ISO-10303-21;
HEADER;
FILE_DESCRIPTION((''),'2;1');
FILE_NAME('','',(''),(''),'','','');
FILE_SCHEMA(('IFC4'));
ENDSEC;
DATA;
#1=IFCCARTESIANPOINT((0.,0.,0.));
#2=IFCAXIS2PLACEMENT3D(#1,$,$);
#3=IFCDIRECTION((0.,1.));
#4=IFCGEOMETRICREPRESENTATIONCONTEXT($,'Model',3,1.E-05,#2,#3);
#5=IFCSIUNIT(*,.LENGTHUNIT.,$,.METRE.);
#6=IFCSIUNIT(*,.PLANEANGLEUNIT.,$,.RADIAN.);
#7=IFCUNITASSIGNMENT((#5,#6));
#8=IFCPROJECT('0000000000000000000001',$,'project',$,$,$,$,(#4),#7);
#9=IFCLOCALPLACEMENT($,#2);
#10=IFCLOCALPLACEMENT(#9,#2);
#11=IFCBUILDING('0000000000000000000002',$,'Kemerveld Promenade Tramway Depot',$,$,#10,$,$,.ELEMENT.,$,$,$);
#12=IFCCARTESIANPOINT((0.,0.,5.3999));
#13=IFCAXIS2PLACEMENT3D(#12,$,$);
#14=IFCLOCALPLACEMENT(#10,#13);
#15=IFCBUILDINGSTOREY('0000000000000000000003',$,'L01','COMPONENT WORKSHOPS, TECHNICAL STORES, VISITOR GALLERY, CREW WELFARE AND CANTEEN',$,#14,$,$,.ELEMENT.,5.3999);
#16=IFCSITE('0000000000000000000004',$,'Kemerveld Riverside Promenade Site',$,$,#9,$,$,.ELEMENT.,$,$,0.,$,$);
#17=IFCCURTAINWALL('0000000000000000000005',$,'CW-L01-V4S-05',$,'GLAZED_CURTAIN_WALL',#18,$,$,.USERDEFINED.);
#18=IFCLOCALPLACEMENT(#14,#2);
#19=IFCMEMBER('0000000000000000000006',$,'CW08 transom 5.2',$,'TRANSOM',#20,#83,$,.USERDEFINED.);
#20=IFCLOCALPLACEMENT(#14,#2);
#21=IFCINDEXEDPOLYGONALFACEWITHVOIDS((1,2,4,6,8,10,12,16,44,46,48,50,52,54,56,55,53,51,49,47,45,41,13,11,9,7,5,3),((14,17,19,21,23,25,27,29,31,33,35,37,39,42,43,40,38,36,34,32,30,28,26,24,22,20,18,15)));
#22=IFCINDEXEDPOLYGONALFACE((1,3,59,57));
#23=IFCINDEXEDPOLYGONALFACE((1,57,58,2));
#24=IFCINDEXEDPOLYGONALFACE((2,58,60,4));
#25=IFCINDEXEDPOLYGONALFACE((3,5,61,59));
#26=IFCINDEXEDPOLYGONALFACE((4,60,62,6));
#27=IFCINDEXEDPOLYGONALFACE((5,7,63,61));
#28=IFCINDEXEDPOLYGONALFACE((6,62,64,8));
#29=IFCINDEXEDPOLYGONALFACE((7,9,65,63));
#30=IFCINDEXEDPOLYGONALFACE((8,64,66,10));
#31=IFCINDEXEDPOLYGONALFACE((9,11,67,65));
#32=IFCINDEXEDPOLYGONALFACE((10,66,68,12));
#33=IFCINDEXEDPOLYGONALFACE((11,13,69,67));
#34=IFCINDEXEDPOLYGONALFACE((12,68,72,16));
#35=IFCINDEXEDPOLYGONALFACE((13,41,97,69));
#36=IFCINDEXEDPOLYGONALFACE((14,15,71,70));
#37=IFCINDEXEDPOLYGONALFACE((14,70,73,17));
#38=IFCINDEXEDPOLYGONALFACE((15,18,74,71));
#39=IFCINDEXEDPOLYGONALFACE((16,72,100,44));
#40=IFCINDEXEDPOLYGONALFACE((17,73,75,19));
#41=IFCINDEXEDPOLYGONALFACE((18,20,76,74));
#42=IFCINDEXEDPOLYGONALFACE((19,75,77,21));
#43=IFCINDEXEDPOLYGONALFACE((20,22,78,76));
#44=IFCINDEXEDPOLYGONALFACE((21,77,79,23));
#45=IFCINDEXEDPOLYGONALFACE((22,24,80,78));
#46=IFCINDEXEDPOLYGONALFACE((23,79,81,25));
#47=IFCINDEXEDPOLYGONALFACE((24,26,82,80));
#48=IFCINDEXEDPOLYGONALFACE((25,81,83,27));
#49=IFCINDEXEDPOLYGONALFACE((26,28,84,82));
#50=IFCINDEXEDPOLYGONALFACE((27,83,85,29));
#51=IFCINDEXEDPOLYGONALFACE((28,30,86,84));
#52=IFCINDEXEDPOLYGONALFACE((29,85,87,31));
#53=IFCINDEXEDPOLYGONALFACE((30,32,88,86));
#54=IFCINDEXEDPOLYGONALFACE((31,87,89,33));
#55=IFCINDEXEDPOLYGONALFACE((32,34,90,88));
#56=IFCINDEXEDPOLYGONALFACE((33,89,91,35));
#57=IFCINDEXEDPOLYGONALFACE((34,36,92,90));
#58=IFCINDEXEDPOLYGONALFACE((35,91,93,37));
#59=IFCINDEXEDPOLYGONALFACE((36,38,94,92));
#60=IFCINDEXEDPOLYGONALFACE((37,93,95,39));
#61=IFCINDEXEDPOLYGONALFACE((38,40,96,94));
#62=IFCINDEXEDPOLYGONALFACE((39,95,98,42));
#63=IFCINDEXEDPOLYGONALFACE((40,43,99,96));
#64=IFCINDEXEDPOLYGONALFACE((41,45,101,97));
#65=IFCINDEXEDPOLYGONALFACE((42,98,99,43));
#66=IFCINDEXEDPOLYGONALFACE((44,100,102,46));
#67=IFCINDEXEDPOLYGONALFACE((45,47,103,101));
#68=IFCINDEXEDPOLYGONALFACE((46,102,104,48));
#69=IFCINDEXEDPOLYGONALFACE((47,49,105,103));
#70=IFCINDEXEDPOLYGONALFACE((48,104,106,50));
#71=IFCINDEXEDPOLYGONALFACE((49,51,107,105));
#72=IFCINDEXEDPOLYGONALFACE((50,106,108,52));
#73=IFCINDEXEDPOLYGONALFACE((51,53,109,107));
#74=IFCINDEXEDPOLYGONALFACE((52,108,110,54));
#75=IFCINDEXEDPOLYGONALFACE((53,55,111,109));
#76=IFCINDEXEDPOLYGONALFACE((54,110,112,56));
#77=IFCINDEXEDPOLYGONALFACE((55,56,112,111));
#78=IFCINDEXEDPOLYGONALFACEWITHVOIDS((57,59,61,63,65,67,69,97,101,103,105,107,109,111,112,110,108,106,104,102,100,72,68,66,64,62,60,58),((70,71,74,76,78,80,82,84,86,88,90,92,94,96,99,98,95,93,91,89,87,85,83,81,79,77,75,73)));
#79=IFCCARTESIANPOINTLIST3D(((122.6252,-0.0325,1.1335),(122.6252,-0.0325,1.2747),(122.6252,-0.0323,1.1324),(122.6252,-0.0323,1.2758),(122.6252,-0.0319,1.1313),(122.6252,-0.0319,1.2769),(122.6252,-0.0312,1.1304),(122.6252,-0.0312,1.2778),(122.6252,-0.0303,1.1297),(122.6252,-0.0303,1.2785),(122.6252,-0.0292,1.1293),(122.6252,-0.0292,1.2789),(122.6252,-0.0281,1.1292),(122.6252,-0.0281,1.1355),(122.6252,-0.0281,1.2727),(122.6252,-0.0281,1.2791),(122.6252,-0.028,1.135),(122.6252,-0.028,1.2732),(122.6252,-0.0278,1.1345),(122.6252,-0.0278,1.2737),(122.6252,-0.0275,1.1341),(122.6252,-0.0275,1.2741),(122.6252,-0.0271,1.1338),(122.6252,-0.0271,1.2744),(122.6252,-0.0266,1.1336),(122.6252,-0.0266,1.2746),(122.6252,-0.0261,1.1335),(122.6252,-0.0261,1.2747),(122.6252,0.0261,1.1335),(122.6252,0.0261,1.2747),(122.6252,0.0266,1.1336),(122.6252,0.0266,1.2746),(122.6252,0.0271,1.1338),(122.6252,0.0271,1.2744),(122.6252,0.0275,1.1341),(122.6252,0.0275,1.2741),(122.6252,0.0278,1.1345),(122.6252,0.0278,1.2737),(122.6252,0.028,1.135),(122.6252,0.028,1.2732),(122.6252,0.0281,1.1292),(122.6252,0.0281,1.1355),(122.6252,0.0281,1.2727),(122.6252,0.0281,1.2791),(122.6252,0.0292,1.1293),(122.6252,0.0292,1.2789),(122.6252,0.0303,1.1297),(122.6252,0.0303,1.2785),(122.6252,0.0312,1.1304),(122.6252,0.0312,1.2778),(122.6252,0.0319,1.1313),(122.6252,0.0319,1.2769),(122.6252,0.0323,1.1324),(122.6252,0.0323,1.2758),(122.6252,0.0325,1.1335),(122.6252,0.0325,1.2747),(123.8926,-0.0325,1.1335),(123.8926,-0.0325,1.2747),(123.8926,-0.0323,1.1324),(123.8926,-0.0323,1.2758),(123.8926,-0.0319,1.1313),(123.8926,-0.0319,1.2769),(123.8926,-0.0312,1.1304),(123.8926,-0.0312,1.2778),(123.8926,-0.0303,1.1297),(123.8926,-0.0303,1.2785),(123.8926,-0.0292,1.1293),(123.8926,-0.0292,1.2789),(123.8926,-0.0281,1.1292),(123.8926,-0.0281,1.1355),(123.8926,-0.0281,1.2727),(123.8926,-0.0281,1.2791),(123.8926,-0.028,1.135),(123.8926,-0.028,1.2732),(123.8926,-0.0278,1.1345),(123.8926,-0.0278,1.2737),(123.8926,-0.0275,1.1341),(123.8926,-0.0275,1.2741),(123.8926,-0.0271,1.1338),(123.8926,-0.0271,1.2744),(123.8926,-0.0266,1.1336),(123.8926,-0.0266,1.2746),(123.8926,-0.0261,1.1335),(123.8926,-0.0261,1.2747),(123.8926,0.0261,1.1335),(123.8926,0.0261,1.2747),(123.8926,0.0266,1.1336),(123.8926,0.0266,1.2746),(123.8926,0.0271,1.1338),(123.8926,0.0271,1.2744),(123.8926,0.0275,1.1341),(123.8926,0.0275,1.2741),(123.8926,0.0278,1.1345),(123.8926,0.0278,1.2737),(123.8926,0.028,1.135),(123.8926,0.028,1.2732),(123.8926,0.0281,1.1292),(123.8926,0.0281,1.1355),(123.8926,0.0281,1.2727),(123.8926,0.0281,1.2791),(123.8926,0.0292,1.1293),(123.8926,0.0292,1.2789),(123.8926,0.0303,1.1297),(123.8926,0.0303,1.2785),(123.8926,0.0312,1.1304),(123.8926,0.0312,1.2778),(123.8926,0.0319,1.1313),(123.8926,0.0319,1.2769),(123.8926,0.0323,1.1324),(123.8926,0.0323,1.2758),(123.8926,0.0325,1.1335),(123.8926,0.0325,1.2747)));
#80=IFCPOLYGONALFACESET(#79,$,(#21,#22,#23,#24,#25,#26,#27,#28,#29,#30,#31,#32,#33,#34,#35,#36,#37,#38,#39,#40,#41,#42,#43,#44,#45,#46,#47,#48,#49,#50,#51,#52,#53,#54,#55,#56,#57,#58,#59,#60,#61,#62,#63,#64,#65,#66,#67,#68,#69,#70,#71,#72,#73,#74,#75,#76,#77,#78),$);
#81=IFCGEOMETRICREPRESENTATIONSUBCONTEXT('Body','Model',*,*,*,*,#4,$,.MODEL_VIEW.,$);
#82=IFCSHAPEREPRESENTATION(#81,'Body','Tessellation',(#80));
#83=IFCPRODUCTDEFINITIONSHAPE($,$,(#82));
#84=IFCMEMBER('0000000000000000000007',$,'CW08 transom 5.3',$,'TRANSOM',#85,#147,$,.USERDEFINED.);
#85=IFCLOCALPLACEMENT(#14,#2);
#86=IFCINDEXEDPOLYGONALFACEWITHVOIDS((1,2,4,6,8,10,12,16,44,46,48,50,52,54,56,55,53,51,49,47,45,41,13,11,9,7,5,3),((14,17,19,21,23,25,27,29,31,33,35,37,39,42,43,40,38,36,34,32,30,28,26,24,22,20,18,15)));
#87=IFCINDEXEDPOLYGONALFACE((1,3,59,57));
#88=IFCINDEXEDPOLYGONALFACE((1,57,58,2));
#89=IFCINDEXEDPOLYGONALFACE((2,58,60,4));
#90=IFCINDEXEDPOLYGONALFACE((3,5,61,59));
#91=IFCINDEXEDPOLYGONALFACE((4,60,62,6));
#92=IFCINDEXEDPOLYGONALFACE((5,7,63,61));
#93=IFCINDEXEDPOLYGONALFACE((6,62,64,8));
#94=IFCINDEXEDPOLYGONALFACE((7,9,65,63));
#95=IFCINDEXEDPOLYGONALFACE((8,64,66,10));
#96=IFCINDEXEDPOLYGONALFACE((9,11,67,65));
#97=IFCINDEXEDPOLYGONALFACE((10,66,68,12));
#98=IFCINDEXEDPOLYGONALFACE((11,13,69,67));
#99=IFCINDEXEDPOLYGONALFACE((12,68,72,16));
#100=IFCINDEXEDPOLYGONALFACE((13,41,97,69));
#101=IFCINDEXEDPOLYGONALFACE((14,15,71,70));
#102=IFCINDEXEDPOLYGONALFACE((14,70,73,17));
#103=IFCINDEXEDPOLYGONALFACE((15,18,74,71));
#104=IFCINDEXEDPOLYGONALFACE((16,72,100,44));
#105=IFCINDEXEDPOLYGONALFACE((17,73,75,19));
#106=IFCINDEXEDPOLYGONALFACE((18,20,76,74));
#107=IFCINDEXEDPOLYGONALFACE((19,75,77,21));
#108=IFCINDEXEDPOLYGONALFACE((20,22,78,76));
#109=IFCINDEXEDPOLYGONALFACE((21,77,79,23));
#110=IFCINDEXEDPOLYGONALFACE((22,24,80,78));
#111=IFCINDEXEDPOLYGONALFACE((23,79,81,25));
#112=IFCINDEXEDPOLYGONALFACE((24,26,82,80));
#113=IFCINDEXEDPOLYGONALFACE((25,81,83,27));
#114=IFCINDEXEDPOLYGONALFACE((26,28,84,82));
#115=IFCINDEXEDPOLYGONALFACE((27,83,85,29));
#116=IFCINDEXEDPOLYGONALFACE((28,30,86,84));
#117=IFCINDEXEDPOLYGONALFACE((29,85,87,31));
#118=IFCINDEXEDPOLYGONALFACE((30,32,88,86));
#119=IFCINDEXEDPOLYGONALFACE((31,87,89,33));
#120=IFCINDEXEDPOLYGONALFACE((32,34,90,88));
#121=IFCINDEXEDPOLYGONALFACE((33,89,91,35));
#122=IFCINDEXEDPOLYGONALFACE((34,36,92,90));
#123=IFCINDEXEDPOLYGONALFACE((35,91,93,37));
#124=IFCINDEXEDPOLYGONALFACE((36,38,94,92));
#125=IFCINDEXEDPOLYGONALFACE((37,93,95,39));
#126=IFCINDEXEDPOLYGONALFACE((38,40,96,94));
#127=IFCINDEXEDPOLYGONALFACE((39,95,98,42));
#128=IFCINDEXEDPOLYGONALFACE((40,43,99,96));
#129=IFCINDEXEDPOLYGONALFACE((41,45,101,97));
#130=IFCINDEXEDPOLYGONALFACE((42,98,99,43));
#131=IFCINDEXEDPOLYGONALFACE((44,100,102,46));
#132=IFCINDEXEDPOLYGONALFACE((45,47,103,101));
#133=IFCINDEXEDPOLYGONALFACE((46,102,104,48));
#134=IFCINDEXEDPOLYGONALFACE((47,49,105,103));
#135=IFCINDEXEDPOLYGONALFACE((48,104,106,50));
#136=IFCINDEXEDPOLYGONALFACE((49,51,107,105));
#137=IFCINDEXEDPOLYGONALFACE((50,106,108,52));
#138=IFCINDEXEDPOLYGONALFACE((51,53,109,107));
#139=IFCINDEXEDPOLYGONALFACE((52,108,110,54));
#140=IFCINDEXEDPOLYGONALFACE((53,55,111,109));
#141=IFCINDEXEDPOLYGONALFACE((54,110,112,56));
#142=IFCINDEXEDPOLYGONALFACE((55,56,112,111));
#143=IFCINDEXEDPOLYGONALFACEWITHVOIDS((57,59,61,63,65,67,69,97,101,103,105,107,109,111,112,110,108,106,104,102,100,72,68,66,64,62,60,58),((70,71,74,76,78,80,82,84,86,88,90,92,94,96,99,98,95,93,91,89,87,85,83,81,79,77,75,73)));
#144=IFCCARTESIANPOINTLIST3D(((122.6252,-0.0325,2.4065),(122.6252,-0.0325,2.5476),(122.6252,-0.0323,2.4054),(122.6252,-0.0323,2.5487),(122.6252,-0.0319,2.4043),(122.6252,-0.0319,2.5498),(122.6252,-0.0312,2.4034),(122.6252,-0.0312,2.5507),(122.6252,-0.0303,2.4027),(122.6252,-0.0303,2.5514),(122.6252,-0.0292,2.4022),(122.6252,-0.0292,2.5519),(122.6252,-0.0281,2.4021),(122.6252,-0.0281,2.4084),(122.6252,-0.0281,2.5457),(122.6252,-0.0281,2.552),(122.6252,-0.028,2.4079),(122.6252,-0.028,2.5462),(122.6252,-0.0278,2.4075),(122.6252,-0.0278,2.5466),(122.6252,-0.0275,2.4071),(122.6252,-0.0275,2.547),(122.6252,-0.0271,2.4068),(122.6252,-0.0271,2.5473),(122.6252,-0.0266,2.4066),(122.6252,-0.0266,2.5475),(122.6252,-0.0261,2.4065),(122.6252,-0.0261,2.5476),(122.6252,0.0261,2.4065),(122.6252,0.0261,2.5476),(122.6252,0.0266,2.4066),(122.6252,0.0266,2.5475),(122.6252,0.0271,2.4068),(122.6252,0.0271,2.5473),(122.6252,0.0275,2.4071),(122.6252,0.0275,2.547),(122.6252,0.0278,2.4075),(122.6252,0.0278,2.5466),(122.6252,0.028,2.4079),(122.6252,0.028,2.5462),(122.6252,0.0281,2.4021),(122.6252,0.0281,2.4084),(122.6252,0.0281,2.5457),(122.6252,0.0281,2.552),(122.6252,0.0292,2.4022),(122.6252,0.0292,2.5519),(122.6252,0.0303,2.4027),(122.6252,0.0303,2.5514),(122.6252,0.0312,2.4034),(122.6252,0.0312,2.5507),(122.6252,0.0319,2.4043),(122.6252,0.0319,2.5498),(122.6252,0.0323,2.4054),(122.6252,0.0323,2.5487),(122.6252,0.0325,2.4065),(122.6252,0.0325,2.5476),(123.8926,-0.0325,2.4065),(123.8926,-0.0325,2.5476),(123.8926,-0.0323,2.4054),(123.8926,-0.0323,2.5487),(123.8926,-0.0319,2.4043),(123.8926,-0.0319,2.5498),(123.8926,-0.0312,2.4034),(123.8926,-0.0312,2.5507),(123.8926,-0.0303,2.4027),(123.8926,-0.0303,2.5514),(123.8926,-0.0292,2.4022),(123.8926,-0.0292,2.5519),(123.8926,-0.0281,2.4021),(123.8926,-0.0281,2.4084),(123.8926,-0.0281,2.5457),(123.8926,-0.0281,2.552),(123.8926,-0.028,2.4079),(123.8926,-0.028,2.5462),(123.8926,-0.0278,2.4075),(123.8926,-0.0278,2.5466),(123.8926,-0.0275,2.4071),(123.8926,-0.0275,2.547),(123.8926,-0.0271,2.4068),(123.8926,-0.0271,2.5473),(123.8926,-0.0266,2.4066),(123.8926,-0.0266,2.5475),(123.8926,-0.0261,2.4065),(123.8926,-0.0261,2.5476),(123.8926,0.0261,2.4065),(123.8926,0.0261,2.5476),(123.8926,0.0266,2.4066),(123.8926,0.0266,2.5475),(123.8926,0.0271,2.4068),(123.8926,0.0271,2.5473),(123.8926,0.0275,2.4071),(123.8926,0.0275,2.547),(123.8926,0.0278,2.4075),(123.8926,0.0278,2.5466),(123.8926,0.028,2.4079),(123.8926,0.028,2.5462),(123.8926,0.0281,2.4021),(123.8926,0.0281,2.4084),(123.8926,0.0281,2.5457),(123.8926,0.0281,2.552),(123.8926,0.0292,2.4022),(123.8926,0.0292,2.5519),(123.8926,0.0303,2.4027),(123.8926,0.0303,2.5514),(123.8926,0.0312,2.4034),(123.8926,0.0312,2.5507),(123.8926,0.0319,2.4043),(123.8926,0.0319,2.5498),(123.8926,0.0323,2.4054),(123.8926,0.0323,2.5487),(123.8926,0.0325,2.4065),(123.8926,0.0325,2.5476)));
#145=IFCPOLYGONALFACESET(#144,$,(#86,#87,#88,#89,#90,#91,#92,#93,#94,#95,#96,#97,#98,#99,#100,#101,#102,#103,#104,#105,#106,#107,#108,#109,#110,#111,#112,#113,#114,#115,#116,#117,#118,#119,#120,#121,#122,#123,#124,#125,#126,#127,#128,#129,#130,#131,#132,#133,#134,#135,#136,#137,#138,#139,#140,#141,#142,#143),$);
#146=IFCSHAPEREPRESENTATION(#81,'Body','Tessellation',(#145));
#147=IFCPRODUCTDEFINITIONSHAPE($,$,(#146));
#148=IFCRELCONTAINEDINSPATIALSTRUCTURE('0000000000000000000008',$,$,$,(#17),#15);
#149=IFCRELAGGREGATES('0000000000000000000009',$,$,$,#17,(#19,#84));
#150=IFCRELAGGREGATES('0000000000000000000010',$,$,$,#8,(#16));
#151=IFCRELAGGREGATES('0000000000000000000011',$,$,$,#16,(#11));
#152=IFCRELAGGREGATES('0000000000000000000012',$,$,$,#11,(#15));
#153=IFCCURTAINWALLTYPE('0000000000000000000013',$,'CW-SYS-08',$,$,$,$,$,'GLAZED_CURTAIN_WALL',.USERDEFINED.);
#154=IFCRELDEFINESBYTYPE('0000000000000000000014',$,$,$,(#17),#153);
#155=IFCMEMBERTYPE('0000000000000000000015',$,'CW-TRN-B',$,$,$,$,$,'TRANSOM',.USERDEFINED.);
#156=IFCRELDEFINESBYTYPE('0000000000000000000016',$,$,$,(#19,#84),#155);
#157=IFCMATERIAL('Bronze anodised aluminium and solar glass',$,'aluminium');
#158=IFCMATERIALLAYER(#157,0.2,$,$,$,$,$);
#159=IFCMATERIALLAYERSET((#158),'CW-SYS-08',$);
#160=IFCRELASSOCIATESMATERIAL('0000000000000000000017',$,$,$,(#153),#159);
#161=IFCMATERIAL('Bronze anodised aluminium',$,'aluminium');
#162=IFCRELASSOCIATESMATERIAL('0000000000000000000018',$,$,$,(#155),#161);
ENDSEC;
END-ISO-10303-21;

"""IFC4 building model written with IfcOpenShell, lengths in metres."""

from ifc_helpers import new_model, si_unit, direction, frame, origin, origin_2d, place, context, subcontext, project, spatial, hollow_rectangle, extrude, material, layer, layer_set, material_profile, profile_set, type_object, element, aggregate, save


model = new_model("IFC4")

# Units and contexts
model_context = context("Model", 3, precision=1e-05, world=origin(), true_north=direction((0.0, 1.0)))
body_context = subcontext(model_context, "Body", "Model", "MODEL_VIEW")
ifc_project = project(units=[si_unit("LENGTHUNIT", "METRE"), si_unit("PLANEANGLEUNIT", "RADIAN")], contexts=[model_context])

# Site, building, storey
site_placement = place(None, origin())
site = spatial("IfcSite", under=ifc_project, at=site_placement, Name="Kemerveld Riverside Promenade Site", CompositionType="ELEMENT", RefElevation=0.0)
building_placement = place(site_placement, origin())
building = spatial("IfcBuilding", under=site, at=building_placement, Name="Kemerveld Promenade Tramway Depot", CompositionType="ELEMENT")
storey_placement = place(building_placement, frame((0.0, 0.0, 5.3999)))
storey = spatial("IfcBuildingStorey", under=building, at=storey_placement, Name="L01", Description="COMPONENT WORKSHOPS, TECHNICAL STORES, VISITOR GALLERY, CREW WELFARE AND CANTEEN", CompositionType="ELEMENT", Elevation=5.3999)

# Curtain wall, members
ifc_material_1 = material(Name="Bronze anodised aluminium and solar glass", Category="aluminium")
ifc_layer_1 = layer(ifc_material_1, 0.2)
ifc_layer_set_1 = layer_set([ifc_layer_1], Name="CW-SYS-08")
curtain_wall_type = type_object("IfcCurtainWallType", Name="CW-SYS-08", ElementType="GLAZED_CURTAIN_WALL", PredefinedType="USERDEFINED", material=ifc_layer_set_1)
curtain_wall_placement = place(storey_placement, origin())
curtain_wall = element("IfcCurtainWall", 1, at=curtain_wall_placement, inside=storey, type_object=curtain_wall_type, Name="CW-L01-V4S-05", ObjectType="GLAZED_CURTAIN_WALL", PredefinedType="USERDEFINED")
ifc_material_2 = material(Name="Bronze anodised aluminium", Category="aluminium")
ifc_material_profile_1 = material_profile(ifc_material_2, hollow_rectangle(XDim=0.0649, YDim=0.1499, WallThickness=0.0044, InnerFilletRadius=0.002, OuterFilletRadius=0.0044, at=origin_2d()), Name="CW-TRN-150x65")
ifc_profile_set_1 = profile_set([ifc_material_profile_1], Name="Bronze anodised aluminium")
member_type_1 = type_object("IfcMemberType", Name="CW-TRN-B", ElementType="TRANSOM", PredefinedType="USERDEFINED", material=ifc_profile_set_1)
member_1_placement = place(storey_placement, frame((123.8926, 0.0, 1.2041), z_axis=(-1.0, 0.0, 0.0), x_axis=(0.0, -1.0, 0.0)))
member_1 = element("IfcMember", 2, at=member_1_placement, type_object=member_type_1, Name="CW08 transom 5.2", ObjectType="TRANSOM", PredefinedType="USERDEFINED", context=body_context, shape_type="SweptSolid", body=[
    extrude(hollow_rectangle(XDim=0.0649, YDim=0.1499, WallThickness=0.0044, InnerFilletRadius=0.002, OuterFilletRadius=0.0044, at=origin_2d()), origin(), (0.0, 0.0, 1.0), 1.2673),
])
member_2_placement = place(storey_placement, frame((123.8926, 0.0, 2.4771), z_axis=(-1.0, 0.0, 0.0), x_axis=(0.0, -1.0, 0.0)))
member_2 = element("IfcMember", 3, at=member_2_placement, type_object=member_type_1, Name="CW08 transom 5.3", ObjectType="TRANSOM", PredefinedType="USERDEFINED", context=body_context, shape_type="SweptSolid", body=[
    extrude(hollow_rectangle(XDim=0.0649, YDim=0.1499, WallThickness=0.0044, InnerFilletRadius=0.002, OuterFilletRadius=0.0044, at=origin_2d()), origin(), (0.0, 0.0, 1.0), 1.2673),
])
aggregate(curtain_wall, [member_1, member_2])

save(model, "model.ifc")
